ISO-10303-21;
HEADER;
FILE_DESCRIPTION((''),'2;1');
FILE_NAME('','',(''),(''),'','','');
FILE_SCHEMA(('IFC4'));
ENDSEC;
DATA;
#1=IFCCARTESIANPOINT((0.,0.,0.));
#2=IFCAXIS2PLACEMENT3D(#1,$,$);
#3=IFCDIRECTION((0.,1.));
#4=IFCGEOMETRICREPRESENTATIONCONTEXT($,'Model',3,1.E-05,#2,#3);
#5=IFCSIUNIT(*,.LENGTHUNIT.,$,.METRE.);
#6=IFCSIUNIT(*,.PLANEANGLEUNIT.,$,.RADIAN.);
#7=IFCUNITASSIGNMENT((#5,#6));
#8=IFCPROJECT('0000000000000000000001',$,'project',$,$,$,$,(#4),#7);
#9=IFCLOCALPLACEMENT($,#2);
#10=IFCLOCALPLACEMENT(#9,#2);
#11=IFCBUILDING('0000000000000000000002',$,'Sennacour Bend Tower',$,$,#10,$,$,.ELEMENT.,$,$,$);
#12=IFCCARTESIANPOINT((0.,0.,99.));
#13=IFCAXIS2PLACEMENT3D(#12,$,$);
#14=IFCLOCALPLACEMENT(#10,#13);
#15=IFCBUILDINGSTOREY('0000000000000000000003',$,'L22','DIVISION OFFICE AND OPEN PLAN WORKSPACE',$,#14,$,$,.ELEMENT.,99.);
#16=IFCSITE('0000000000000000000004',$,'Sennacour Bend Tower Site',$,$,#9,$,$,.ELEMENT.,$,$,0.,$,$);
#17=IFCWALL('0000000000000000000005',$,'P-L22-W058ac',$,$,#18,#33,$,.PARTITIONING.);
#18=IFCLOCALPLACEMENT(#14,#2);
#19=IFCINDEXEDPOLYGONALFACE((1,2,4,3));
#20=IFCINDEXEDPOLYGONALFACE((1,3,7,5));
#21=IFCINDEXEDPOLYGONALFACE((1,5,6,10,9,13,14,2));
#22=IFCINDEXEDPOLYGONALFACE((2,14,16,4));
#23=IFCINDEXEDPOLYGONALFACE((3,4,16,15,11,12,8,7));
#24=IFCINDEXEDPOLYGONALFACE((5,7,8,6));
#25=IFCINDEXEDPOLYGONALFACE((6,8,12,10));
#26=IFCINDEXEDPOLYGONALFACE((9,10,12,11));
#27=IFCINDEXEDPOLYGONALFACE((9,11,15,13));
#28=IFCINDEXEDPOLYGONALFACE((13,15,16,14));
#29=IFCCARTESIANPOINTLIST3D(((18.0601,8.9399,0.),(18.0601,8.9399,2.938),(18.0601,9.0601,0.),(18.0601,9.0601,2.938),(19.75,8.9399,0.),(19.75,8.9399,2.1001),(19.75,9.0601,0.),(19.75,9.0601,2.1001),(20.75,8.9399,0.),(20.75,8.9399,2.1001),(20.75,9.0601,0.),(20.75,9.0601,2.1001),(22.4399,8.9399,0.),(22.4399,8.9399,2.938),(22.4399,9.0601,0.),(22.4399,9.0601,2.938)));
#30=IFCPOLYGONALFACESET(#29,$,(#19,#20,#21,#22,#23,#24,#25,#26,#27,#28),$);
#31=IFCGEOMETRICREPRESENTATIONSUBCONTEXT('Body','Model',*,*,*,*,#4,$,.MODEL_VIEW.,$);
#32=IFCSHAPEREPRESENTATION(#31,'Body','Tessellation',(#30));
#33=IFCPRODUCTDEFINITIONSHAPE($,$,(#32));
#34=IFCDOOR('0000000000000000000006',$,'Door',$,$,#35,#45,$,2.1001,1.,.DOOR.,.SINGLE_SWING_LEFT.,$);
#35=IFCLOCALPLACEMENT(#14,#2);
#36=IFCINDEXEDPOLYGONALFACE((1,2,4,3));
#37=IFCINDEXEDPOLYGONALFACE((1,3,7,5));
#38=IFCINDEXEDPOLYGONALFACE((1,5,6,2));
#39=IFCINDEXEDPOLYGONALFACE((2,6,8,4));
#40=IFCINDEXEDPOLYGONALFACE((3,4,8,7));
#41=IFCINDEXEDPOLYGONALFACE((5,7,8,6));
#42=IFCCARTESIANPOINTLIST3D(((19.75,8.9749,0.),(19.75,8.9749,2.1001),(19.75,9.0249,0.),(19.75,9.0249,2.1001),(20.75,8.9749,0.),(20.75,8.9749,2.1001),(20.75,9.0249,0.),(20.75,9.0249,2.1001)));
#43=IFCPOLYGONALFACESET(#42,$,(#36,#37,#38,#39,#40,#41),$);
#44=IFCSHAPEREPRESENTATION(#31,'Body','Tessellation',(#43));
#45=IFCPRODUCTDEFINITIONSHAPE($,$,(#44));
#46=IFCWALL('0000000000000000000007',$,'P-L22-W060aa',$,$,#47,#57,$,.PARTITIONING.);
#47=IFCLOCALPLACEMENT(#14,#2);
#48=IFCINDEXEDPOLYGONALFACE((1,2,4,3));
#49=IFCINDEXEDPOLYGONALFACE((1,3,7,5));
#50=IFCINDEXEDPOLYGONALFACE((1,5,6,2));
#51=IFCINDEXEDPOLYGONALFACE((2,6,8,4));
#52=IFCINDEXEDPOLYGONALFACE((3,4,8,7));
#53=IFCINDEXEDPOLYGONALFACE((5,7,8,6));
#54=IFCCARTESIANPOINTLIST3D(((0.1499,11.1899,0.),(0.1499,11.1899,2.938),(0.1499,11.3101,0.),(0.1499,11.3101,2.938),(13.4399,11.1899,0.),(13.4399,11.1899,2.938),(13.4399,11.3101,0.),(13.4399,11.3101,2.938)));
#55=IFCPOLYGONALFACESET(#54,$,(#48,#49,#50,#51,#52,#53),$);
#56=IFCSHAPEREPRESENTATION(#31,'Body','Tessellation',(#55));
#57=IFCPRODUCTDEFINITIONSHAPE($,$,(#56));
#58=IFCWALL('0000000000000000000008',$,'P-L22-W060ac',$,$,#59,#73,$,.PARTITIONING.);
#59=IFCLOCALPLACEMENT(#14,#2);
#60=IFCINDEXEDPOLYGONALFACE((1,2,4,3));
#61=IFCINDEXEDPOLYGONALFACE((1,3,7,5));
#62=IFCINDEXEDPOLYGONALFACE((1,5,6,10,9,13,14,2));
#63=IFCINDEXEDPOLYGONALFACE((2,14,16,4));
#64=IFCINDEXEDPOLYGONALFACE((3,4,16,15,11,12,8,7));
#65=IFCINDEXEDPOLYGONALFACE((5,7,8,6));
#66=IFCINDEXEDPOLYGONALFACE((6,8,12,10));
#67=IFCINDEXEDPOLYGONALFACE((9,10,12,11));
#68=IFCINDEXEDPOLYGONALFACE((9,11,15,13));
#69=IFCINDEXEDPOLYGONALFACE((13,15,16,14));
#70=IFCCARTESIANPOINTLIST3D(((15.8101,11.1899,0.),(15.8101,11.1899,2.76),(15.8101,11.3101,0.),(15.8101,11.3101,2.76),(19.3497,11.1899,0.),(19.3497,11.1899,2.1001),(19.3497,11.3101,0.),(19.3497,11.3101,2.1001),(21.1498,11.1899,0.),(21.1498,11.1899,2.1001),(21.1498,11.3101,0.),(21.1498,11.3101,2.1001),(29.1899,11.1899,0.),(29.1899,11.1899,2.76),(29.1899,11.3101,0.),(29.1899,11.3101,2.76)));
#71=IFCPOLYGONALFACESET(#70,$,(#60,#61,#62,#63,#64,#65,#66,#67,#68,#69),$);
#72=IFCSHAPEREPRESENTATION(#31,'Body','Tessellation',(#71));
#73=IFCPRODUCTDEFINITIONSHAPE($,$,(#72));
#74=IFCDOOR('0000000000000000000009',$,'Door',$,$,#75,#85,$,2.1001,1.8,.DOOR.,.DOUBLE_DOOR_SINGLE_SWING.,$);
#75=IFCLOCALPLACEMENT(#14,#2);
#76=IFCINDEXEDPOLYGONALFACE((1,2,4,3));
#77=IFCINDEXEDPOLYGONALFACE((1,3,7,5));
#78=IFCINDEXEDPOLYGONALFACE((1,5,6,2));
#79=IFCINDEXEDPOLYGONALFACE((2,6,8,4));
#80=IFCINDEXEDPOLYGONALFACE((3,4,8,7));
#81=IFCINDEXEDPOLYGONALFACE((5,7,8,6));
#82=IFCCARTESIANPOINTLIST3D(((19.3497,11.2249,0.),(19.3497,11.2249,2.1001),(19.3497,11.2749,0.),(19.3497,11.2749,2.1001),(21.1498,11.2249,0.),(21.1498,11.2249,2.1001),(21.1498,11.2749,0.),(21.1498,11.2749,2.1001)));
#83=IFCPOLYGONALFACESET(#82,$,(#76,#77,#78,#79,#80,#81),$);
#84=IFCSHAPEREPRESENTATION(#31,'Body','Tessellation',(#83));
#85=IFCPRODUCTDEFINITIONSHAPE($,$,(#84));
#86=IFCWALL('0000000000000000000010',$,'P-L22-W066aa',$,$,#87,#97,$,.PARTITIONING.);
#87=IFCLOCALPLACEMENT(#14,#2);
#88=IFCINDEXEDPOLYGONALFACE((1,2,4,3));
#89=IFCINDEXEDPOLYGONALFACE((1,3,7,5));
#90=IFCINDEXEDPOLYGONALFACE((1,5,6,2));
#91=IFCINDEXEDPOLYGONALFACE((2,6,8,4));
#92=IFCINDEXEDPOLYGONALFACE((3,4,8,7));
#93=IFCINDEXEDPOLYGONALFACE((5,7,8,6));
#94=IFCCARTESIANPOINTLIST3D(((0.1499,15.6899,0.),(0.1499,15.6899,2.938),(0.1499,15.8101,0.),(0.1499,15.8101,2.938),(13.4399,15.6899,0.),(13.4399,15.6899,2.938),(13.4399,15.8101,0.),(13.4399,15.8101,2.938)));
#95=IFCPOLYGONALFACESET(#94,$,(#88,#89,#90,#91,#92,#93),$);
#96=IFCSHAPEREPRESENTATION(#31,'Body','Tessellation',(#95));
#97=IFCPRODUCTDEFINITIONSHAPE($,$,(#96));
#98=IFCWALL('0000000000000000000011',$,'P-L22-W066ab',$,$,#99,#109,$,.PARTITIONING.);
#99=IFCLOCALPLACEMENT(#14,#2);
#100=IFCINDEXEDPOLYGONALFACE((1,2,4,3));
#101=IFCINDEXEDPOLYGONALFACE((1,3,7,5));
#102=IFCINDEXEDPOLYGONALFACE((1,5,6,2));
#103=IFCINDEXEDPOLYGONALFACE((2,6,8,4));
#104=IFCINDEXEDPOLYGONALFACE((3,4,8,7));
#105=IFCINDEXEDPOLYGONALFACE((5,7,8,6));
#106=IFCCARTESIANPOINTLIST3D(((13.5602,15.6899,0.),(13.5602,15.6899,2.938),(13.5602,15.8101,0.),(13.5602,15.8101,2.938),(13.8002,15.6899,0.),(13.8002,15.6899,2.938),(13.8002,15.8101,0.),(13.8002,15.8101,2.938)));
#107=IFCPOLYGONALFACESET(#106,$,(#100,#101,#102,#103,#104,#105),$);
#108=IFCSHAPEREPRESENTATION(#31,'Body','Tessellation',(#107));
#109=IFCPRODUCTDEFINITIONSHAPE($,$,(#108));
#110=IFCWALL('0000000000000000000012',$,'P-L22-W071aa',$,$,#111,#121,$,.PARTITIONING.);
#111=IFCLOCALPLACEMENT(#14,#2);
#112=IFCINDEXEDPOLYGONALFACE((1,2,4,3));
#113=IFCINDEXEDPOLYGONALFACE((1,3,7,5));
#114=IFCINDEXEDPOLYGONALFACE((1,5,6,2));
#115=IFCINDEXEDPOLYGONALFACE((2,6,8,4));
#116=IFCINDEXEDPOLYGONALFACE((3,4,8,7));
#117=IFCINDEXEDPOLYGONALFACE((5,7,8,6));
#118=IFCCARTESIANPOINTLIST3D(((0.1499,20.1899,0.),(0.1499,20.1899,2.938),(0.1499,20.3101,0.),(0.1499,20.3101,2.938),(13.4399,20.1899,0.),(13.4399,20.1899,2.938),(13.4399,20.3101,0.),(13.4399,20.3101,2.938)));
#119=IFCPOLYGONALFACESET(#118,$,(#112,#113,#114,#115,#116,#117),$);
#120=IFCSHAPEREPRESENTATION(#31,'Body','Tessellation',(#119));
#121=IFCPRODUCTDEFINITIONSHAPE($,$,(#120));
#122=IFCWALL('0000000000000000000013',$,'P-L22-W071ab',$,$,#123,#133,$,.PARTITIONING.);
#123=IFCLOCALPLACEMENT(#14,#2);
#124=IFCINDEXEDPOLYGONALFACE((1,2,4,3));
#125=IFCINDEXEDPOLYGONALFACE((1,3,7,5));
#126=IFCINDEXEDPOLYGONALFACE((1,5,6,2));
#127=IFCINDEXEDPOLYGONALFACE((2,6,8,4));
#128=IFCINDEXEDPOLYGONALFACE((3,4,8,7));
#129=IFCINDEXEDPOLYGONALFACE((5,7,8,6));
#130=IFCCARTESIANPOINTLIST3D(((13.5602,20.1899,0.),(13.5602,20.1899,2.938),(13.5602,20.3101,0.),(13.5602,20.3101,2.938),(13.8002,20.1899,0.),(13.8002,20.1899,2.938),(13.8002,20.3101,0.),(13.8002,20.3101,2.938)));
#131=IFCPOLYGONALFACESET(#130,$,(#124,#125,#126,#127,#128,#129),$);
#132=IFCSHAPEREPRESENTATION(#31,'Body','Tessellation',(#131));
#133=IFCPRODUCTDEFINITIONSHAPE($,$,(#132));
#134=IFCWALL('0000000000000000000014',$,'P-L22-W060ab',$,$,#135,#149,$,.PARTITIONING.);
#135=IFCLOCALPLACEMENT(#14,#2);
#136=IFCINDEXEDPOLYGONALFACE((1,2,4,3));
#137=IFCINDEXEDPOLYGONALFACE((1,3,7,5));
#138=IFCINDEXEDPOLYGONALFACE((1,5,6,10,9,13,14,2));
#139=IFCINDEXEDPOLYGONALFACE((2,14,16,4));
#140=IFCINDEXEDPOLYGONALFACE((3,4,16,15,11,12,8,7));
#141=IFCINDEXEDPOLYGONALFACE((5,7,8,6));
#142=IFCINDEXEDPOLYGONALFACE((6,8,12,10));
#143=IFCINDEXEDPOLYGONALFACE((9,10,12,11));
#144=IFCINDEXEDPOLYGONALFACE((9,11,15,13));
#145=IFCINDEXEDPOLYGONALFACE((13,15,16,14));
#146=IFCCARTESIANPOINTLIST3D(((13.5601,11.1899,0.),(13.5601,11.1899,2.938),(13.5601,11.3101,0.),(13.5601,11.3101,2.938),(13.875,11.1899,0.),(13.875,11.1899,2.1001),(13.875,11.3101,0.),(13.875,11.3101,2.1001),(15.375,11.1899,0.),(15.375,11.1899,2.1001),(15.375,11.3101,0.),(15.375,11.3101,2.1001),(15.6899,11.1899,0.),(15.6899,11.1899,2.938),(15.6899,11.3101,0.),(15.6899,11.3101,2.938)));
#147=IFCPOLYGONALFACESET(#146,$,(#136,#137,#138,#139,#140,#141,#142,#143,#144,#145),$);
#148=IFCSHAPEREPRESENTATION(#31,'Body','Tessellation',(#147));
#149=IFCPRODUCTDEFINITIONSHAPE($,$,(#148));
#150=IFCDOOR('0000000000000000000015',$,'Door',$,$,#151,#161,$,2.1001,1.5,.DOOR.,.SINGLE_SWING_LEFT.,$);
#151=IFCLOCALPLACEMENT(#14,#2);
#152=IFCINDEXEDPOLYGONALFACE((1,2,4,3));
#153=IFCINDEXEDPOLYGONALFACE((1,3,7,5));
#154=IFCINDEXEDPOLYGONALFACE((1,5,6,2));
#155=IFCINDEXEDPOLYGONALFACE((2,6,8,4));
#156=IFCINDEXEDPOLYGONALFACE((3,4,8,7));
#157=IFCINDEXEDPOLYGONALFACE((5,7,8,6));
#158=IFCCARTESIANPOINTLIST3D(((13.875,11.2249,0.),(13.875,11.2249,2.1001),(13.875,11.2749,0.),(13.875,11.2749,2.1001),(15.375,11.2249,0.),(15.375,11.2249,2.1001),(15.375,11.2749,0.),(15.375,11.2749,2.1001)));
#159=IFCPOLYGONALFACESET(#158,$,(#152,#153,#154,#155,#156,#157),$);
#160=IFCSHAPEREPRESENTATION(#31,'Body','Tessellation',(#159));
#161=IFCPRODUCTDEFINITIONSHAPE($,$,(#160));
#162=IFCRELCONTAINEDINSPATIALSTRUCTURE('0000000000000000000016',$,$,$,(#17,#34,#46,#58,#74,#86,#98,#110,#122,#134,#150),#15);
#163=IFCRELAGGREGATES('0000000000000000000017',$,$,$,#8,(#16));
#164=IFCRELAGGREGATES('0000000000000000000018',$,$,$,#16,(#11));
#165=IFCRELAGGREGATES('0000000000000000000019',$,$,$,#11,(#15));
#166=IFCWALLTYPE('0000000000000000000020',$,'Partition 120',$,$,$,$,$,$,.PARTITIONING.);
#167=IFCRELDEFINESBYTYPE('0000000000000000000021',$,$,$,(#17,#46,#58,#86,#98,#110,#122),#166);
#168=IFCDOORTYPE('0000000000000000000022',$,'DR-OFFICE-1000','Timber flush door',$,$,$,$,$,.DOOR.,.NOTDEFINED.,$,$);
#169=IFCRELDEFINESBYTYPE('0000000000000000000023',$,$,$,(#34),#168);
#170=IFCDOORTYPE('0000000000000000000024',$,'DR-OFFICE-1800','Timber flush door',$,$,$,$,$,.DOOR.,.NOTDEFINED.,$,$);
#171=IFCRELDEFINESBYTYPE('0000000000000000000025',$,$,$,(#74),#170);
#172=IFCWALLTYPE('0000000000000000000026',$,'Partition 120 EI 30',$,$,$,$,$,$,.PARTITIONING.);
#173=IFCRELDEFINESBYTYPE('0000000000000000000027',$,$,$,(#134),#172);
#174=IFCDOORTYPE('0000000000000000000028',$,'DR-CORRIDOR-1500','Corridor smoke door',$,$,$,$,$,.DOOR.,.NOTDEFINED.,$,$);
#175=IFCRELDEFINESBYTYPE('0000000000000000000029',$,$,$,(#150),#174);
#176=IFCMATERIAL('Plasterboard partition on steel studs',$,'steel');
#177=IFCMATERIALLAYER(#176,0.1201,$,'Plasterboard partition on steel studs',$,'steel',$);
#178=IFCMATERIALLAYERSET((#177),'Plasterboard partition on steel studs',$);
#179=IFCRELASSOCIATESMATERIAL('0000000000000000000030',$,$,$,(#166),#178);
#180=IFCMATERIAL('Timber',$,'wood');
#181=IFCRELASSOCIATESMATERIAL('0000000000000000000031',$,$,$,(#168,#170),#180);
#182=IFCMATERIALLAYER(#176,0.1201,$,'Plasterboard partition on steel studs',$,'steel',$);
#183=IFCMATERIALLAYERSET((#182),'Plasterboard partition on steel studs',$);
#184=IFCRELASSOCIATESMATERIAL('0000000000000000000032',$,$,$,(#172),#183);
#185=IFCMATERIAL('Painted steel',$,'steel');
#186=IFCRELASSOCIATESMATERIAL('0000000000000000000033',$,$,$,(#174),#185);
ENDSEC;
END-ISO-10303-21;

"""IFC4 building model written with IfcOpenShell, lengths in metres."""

from ifc_helpers import new_model, si_unit, direction, frame, frame_2d, origin, place, context, subcontext, project, spatial, rectangle, extrude, material, layer, layer_set, type_object, element, fill, save


model = new_model("IFC4")

# Units and contexts
model_context = context("Model", 3, precision=1e-05, world=origin(), true_north=direction((0.0, 1.0)))
body_context = subcontext(model_context, "Body", "Model", "MODEL_VIEW")
ifc_project = project(units=[si_unit("LENGTHUNIT", "METRE"), si_unit("PLANEANGLEUNIT", "RADIAN")], contexts=[model_context])

# Site, building, storey
site_placement = place(None, origin())
site = spatial("IfcSite", under=ifc_project, at=site_placement, Name="Sennacour Bend Tower Site", CompositionType="ELEMENT", RefElevation=0.0)
building_placement = place(site_placement, origin())
building = spatial("IfcBuilding", under=site, at=building_placement, Name="Sennacour Bend Tower", CompositionType="ELEMENT")
storey_placement = place(building_placement, frame((0.0, 0.0, 99.0)))
storey = spatial("IfcBuildingStorey", under=building, at=storey_placement, Name="L22", Description="DIVISION OFFICE AND OPEN PLAN WORKSPACE", CompositionType="ELEMENT", Elevation=99.0)

# Shared definitions
ifc_material_1 = material(Name="Plasterboard partition on steel studs", Category="steel")
ifc_layer_1 = layer(ifc_material_1, 0.1201, Name="Plasterboard partition on steel studs", Category="steel")
ifc_layer_set_1 = layer_set([ifc_layer_1], Name="Plasterboard partition on steel studs")
wall_type_1 = type_object("IfcWallType", Name="Partition 120", PredefinedType="PARTITIONING", material=ifc_layer_set_1)
ifc_material_2 = material(Name="Timber", Category="wood")
door_type_1 = type_object("IfcDoorType", Name="DR-OFFICE-1000", Description="Timber flush door", OperationType="NOTDEFINED", PredefinedType="DOOR", material=ifc_material_2)

# Wall, opening, door
wall_1_placement = place(storey_placement, frame((18.0601, 9.0, 0.0), z_axis=(0.0, 0.0, 1.0), x_axis=(1.0, 0.0, 0.0)))
wall_1 = element("IfcWall", 1, at=wall_1_placement, inside=storey, type_object=wall_type_1, Name="P-L22-W058ac", PredefinedType="PARTITIONING", context=body_context, shape_type="SweptSolid", body=[
    extrude(rectangle(XDim=4.3799, YDim=0.1201, at=frame_2d((2.1899, 0.0))), origin(), (0.0, 0.0, 1.0), 2.938),
])
opening_1_placement = place(wall_1_placement, frame((1.6899, 0.0, 0.0)))
opening_1 = element("IfcOpeningElement", 2, at=opening_1_placement, cuts=wall_1, PredefinedType="OPENING", context=body_context, shape_type="SweptSolid", body=[
    extrude(rectangle(XDim=1.0, YDim=2.1001, at=frame_2d((0.5, 1.05))), frame((0.0, 0.0701, 0.0), z_axis=(0.0, -1.0, 0.0), x_axis=(1.0, 0.0, 0.0)), (0.0, 0.0, 1.0), 0.1401),
])
door_1_placement = place(opening_1_placement, origin())
door_1 = element("IfcDoor", 3, at=door_1_placement, inside=storey, type_object=door_type_1, Name="Door", OperationType="SINGLE_SWING_LEFT", OverallHeight=2.1001, OverallWidth=1.0, PredefinedType="DOOR", context=body_context, shape_type="SweptSolid", body=[
    extrude(rectangle(XDim=1.0, YDim=2.1001, at=frame_2d((0.5, 1.05))), frame((0.0, 0.0249, 0.0), z_axis=(0.0, -1.0, 0.0), x_axis=(1.0, 0.0, 0.0)), (0.0, 0.0, 1.0), 0.05),
])
fill(opening_1, door_1)

# Wall
wall_2_placement = place(storey_placement, frame((0.1499, 11.25, 0.0), z_axis=(0.0, 0.0, 1.0), x_axis=(1.0, 0.0, 0.0)))
element("IfcWall", 4, at=wall_2_placement, inside=storey, type_object=wall_type_1, Name="P-L22-W060aa", PredefinedType="PARTITIONING", context=body_context, shape_type="SweptSolid", body=[
    extrude(rectangle(XDim=13.29, YDim=0.1201, at=frame_2d((6.645, 0.0))), origin(), (0.0, 0.0, 1.0), 2.938),
])

# Wall, opening, door
wall_3_placement = place(storey_placement, frame((15.8101, 11.25, 0.0), z_axis=(0.0, 0.0, 1.0), x_axis=(1.0, 0.0, 0.0)))
wall_3 = element("IfcWall", 5, at=wall_3_placement, inside=storey, type_object=wall_type_1, Name="P-L22-W060ac", PredefinedType="PARTITIONING", context=body_context, shape_type="SweptSolid", body=[
    extrude(rectangle(XDim=13.3799, YDim=0.1201, at=frame_2d((6.6899, 0.0))), origin(), (0.0, 0.0, 1.0), 2.76),
])
opening_2_placement = place(wall_3_placement, frame((3.5398, 0.0, 0.0)))
opening_2 = element("IfcOpeningElement", 6, at=opening_2_placement, cuts=wall_3, PredefinedType="OPENING", context=body_context, shape_type="SweptSolid", body=[
    extrude(rectangle(XDim=1.8, YDim=2.1001, at=frame_2d((0.8999, 1.05))), frame((0.0, 0.0701, 0.0), z_axis=(0.0, -1.0, 0.0), x_axis=(1.0, 0.0, 0.0)), (0.0, 0.0, 1.0), 0.1401),
])
door_type_2 = type_object("IfcDoorType", Name="DR-OFFICE-1800", Description="Timber flush door", OperationType="NOTDEFINED", PredefinedType="DOOR", material=ifc_material_2)
door_2_placement = place(opening_2_placement, origin())
door_2 = element("IfcDoor", 7, at=door_2_placement, inside=storey, type_object=door_type_2, Name="Door", OperationType="DOUBLE_DOOR_SINGLE_SWING", OverallHeight=2.1001, OverallWidth=1.8, PredefinedType="DOOR", context=body_context, shape_type="SweptSolid", body=[
    extrude(rectangle(XDim=1.8, YDim=2.1001, at=frame_2d((0.8999, 1.05))), frame((0.0, 0.0249, 0.0), z_axis=(0.0, -1.0, 0.0), x_axis=(1.0, 0.0, 0.0)), (0.0, 0.0, 1.0), 0.05),
])
fill(opening_2, door_2)

# Walls
wall_4_placement = place(storey_placement, frame((0.1499, 15.75, 0.0), z_axis=(0.0, 0.0, 1.0), x_axis=(1.0, 0.0, 0.0)))
element("IfcWall", 8, at=wall_4_placement, inside=storey, type_object=wall_type_1, Name="P-L22-W066aa", PredefinedType="PARTITIONING", context=body_context, shape_type="SweptSolid", body=[
    extrude(rectangle(XDim=13.29, YDim=0.1201, at=frame_2d((6.645, 0.0))), origin(), (0.0, 0.0, 1.0), 2.938),
])
wall_5_placement = place(storey_placement, frame((13.5601, 15.75, 0.0), z_axis=(0.0, 0.0, 1.0), x_axis=(1.0, 0.0, 0.0)))
element("IfcWall", 9, at=wall_5_placement, inside=storey, type_object=wall_type_1, Name="P-L22-W066ab", PredefinedType="PARTITIONING", context=body_context, shape_type="SweptSolid", body=[
    extrude(rectangle(XDim=0.24, YDim=0.1201, at=frame_2d((0.1201, 0.0))), origin(), (0.0, 0.0, 1.0), 2.938),
])
wall_6_placement = place(storey_placement, frame((0.1499, 20.25, 0.0), z_axis=(0.0, 0.0, 1.0), x_axis=(1.0, 0.0, 0.0)))
element("IfcWall", 10, at=wall_6_placement, inside=storey, type_object=wall_type_1, Name="P-L22-W071aa", PredefinedType="PARTITIONING", context=body_context, shape_type="SweptSolid", body=[
    extrude(rectangle(XDim=13.29, YDim=0.1201, at=frame_2d((6.645, 0.0))), origin(), (0.0, 0.0, 1.0), 2.938),
])
wall_7_placement = place(storey_placement, frame((13.5601, 20.25, 0.0), z_axis=(0.0, 0.0, 1.0), x_axis=(1.0, 0.0, 0.0)))
element("IfcWall", 11, at=wall_7_placement, inside=storey, type_object=wall_type_1, Name="P-L22-W071ab", PredefinedType="PARTITIONING", context=body_context, shape_type="SweptSolid", body=[
    extrude(rectangle(XDim=0.24, YDim=0.1201, at=frame_2d((0.1201, 0.0))), origin(), (0.0, 0.0, 1.0), 2.938),
])

# Wall, opening, door
ifc_layer_2 = layer(ifc_material_1, 0.1201, Name="Plasterboard partition on steel studs", Category="steel")
ifc_layer_set_2 = layer_set([ifc_layer_2], Name="Plasterboard partition on steel studs")
wall_type_2 = type_object("IfcWallType", Name="Partition 120 EI 30", PredefinedType="PARTITIONING", material=ifc_layer_set_2)
wall_8_placement = place(storey_placement, frame((13.5601, 11.25, 0.0), z_axis=(0.0, 0.0, 1.0), x_axis=(1.0, 0.0, 0.0)))
wall_8 = element("IfcWall", 12, at=wall_8_placement, inside=storey, type_object=wall_type_2, Name="P-L22-W060ab", PredefinedType="PARTITIONING", context=body_context, shape_type="SweptSolid", body=[
    extrude(rectangle(XDim=2.1299, YDim=0.1201, at=frame_2d((1.0649, 0.0))), origin(), (0.0, 0.0, 1.0), 2.938),
])
opening_3_placement = place(wall_8_placement, frame((0.3149, 0.0, 0.0)))
opening_3 = element("IfcOpeningElement", 13, at=opening_3_placement, cuts=wall_8, PredefinedType="OPENING", context=body_context, shape_type="SweptSolid", body=[
    extrude(rectangle(XDim=1.5, YDim=2.1001, at=frame_2d((0.75, 1.05))), frame((0.0, 0.0701, 0.0), z_axis=(0.0, -1.0, 0.0), x_axis=(1.0, 0.0, 0.0)), (0.0, 0.0, 1.0), 0.1401),
])
ifc_material_3 = material(Name="Painted steel", Category="steel")
door_type_3 = type_object("IfcDoorType", Name="DR-CORRIDOR-1500", Description="Corridor smoke door", OperationType="NOTDEFINED", PredefinedType="DOOR", material=ifc_material_3)
door_3_placement = place(opening_3_placement, origin())
door_3 = element("IfcDoor", 14, at=door_3_placement, inside=storey, type_object=door_type_3, Name="Door", OperationType="SINGLE_SWING_LEFT", OverallHeight=2.1001, OverallWidth=1.5, PredefinedType="DOOR", context=body_context, shape_type="SweptSolid", body=[
    extrude(rectangle(XDim=1.5, YDim=2.1001, at=frame_2d((0.75, 1.05))), frame((0.0, 0.0249, 0.0), z_axis=(0.0, -1.0, 0.0), x_axis=(1.0, 0.0, 0.0)), (0.0, 0.0, 1.0), 0.05),
])
fill(opening_3, door_3)

save(model, "model.ifc")
